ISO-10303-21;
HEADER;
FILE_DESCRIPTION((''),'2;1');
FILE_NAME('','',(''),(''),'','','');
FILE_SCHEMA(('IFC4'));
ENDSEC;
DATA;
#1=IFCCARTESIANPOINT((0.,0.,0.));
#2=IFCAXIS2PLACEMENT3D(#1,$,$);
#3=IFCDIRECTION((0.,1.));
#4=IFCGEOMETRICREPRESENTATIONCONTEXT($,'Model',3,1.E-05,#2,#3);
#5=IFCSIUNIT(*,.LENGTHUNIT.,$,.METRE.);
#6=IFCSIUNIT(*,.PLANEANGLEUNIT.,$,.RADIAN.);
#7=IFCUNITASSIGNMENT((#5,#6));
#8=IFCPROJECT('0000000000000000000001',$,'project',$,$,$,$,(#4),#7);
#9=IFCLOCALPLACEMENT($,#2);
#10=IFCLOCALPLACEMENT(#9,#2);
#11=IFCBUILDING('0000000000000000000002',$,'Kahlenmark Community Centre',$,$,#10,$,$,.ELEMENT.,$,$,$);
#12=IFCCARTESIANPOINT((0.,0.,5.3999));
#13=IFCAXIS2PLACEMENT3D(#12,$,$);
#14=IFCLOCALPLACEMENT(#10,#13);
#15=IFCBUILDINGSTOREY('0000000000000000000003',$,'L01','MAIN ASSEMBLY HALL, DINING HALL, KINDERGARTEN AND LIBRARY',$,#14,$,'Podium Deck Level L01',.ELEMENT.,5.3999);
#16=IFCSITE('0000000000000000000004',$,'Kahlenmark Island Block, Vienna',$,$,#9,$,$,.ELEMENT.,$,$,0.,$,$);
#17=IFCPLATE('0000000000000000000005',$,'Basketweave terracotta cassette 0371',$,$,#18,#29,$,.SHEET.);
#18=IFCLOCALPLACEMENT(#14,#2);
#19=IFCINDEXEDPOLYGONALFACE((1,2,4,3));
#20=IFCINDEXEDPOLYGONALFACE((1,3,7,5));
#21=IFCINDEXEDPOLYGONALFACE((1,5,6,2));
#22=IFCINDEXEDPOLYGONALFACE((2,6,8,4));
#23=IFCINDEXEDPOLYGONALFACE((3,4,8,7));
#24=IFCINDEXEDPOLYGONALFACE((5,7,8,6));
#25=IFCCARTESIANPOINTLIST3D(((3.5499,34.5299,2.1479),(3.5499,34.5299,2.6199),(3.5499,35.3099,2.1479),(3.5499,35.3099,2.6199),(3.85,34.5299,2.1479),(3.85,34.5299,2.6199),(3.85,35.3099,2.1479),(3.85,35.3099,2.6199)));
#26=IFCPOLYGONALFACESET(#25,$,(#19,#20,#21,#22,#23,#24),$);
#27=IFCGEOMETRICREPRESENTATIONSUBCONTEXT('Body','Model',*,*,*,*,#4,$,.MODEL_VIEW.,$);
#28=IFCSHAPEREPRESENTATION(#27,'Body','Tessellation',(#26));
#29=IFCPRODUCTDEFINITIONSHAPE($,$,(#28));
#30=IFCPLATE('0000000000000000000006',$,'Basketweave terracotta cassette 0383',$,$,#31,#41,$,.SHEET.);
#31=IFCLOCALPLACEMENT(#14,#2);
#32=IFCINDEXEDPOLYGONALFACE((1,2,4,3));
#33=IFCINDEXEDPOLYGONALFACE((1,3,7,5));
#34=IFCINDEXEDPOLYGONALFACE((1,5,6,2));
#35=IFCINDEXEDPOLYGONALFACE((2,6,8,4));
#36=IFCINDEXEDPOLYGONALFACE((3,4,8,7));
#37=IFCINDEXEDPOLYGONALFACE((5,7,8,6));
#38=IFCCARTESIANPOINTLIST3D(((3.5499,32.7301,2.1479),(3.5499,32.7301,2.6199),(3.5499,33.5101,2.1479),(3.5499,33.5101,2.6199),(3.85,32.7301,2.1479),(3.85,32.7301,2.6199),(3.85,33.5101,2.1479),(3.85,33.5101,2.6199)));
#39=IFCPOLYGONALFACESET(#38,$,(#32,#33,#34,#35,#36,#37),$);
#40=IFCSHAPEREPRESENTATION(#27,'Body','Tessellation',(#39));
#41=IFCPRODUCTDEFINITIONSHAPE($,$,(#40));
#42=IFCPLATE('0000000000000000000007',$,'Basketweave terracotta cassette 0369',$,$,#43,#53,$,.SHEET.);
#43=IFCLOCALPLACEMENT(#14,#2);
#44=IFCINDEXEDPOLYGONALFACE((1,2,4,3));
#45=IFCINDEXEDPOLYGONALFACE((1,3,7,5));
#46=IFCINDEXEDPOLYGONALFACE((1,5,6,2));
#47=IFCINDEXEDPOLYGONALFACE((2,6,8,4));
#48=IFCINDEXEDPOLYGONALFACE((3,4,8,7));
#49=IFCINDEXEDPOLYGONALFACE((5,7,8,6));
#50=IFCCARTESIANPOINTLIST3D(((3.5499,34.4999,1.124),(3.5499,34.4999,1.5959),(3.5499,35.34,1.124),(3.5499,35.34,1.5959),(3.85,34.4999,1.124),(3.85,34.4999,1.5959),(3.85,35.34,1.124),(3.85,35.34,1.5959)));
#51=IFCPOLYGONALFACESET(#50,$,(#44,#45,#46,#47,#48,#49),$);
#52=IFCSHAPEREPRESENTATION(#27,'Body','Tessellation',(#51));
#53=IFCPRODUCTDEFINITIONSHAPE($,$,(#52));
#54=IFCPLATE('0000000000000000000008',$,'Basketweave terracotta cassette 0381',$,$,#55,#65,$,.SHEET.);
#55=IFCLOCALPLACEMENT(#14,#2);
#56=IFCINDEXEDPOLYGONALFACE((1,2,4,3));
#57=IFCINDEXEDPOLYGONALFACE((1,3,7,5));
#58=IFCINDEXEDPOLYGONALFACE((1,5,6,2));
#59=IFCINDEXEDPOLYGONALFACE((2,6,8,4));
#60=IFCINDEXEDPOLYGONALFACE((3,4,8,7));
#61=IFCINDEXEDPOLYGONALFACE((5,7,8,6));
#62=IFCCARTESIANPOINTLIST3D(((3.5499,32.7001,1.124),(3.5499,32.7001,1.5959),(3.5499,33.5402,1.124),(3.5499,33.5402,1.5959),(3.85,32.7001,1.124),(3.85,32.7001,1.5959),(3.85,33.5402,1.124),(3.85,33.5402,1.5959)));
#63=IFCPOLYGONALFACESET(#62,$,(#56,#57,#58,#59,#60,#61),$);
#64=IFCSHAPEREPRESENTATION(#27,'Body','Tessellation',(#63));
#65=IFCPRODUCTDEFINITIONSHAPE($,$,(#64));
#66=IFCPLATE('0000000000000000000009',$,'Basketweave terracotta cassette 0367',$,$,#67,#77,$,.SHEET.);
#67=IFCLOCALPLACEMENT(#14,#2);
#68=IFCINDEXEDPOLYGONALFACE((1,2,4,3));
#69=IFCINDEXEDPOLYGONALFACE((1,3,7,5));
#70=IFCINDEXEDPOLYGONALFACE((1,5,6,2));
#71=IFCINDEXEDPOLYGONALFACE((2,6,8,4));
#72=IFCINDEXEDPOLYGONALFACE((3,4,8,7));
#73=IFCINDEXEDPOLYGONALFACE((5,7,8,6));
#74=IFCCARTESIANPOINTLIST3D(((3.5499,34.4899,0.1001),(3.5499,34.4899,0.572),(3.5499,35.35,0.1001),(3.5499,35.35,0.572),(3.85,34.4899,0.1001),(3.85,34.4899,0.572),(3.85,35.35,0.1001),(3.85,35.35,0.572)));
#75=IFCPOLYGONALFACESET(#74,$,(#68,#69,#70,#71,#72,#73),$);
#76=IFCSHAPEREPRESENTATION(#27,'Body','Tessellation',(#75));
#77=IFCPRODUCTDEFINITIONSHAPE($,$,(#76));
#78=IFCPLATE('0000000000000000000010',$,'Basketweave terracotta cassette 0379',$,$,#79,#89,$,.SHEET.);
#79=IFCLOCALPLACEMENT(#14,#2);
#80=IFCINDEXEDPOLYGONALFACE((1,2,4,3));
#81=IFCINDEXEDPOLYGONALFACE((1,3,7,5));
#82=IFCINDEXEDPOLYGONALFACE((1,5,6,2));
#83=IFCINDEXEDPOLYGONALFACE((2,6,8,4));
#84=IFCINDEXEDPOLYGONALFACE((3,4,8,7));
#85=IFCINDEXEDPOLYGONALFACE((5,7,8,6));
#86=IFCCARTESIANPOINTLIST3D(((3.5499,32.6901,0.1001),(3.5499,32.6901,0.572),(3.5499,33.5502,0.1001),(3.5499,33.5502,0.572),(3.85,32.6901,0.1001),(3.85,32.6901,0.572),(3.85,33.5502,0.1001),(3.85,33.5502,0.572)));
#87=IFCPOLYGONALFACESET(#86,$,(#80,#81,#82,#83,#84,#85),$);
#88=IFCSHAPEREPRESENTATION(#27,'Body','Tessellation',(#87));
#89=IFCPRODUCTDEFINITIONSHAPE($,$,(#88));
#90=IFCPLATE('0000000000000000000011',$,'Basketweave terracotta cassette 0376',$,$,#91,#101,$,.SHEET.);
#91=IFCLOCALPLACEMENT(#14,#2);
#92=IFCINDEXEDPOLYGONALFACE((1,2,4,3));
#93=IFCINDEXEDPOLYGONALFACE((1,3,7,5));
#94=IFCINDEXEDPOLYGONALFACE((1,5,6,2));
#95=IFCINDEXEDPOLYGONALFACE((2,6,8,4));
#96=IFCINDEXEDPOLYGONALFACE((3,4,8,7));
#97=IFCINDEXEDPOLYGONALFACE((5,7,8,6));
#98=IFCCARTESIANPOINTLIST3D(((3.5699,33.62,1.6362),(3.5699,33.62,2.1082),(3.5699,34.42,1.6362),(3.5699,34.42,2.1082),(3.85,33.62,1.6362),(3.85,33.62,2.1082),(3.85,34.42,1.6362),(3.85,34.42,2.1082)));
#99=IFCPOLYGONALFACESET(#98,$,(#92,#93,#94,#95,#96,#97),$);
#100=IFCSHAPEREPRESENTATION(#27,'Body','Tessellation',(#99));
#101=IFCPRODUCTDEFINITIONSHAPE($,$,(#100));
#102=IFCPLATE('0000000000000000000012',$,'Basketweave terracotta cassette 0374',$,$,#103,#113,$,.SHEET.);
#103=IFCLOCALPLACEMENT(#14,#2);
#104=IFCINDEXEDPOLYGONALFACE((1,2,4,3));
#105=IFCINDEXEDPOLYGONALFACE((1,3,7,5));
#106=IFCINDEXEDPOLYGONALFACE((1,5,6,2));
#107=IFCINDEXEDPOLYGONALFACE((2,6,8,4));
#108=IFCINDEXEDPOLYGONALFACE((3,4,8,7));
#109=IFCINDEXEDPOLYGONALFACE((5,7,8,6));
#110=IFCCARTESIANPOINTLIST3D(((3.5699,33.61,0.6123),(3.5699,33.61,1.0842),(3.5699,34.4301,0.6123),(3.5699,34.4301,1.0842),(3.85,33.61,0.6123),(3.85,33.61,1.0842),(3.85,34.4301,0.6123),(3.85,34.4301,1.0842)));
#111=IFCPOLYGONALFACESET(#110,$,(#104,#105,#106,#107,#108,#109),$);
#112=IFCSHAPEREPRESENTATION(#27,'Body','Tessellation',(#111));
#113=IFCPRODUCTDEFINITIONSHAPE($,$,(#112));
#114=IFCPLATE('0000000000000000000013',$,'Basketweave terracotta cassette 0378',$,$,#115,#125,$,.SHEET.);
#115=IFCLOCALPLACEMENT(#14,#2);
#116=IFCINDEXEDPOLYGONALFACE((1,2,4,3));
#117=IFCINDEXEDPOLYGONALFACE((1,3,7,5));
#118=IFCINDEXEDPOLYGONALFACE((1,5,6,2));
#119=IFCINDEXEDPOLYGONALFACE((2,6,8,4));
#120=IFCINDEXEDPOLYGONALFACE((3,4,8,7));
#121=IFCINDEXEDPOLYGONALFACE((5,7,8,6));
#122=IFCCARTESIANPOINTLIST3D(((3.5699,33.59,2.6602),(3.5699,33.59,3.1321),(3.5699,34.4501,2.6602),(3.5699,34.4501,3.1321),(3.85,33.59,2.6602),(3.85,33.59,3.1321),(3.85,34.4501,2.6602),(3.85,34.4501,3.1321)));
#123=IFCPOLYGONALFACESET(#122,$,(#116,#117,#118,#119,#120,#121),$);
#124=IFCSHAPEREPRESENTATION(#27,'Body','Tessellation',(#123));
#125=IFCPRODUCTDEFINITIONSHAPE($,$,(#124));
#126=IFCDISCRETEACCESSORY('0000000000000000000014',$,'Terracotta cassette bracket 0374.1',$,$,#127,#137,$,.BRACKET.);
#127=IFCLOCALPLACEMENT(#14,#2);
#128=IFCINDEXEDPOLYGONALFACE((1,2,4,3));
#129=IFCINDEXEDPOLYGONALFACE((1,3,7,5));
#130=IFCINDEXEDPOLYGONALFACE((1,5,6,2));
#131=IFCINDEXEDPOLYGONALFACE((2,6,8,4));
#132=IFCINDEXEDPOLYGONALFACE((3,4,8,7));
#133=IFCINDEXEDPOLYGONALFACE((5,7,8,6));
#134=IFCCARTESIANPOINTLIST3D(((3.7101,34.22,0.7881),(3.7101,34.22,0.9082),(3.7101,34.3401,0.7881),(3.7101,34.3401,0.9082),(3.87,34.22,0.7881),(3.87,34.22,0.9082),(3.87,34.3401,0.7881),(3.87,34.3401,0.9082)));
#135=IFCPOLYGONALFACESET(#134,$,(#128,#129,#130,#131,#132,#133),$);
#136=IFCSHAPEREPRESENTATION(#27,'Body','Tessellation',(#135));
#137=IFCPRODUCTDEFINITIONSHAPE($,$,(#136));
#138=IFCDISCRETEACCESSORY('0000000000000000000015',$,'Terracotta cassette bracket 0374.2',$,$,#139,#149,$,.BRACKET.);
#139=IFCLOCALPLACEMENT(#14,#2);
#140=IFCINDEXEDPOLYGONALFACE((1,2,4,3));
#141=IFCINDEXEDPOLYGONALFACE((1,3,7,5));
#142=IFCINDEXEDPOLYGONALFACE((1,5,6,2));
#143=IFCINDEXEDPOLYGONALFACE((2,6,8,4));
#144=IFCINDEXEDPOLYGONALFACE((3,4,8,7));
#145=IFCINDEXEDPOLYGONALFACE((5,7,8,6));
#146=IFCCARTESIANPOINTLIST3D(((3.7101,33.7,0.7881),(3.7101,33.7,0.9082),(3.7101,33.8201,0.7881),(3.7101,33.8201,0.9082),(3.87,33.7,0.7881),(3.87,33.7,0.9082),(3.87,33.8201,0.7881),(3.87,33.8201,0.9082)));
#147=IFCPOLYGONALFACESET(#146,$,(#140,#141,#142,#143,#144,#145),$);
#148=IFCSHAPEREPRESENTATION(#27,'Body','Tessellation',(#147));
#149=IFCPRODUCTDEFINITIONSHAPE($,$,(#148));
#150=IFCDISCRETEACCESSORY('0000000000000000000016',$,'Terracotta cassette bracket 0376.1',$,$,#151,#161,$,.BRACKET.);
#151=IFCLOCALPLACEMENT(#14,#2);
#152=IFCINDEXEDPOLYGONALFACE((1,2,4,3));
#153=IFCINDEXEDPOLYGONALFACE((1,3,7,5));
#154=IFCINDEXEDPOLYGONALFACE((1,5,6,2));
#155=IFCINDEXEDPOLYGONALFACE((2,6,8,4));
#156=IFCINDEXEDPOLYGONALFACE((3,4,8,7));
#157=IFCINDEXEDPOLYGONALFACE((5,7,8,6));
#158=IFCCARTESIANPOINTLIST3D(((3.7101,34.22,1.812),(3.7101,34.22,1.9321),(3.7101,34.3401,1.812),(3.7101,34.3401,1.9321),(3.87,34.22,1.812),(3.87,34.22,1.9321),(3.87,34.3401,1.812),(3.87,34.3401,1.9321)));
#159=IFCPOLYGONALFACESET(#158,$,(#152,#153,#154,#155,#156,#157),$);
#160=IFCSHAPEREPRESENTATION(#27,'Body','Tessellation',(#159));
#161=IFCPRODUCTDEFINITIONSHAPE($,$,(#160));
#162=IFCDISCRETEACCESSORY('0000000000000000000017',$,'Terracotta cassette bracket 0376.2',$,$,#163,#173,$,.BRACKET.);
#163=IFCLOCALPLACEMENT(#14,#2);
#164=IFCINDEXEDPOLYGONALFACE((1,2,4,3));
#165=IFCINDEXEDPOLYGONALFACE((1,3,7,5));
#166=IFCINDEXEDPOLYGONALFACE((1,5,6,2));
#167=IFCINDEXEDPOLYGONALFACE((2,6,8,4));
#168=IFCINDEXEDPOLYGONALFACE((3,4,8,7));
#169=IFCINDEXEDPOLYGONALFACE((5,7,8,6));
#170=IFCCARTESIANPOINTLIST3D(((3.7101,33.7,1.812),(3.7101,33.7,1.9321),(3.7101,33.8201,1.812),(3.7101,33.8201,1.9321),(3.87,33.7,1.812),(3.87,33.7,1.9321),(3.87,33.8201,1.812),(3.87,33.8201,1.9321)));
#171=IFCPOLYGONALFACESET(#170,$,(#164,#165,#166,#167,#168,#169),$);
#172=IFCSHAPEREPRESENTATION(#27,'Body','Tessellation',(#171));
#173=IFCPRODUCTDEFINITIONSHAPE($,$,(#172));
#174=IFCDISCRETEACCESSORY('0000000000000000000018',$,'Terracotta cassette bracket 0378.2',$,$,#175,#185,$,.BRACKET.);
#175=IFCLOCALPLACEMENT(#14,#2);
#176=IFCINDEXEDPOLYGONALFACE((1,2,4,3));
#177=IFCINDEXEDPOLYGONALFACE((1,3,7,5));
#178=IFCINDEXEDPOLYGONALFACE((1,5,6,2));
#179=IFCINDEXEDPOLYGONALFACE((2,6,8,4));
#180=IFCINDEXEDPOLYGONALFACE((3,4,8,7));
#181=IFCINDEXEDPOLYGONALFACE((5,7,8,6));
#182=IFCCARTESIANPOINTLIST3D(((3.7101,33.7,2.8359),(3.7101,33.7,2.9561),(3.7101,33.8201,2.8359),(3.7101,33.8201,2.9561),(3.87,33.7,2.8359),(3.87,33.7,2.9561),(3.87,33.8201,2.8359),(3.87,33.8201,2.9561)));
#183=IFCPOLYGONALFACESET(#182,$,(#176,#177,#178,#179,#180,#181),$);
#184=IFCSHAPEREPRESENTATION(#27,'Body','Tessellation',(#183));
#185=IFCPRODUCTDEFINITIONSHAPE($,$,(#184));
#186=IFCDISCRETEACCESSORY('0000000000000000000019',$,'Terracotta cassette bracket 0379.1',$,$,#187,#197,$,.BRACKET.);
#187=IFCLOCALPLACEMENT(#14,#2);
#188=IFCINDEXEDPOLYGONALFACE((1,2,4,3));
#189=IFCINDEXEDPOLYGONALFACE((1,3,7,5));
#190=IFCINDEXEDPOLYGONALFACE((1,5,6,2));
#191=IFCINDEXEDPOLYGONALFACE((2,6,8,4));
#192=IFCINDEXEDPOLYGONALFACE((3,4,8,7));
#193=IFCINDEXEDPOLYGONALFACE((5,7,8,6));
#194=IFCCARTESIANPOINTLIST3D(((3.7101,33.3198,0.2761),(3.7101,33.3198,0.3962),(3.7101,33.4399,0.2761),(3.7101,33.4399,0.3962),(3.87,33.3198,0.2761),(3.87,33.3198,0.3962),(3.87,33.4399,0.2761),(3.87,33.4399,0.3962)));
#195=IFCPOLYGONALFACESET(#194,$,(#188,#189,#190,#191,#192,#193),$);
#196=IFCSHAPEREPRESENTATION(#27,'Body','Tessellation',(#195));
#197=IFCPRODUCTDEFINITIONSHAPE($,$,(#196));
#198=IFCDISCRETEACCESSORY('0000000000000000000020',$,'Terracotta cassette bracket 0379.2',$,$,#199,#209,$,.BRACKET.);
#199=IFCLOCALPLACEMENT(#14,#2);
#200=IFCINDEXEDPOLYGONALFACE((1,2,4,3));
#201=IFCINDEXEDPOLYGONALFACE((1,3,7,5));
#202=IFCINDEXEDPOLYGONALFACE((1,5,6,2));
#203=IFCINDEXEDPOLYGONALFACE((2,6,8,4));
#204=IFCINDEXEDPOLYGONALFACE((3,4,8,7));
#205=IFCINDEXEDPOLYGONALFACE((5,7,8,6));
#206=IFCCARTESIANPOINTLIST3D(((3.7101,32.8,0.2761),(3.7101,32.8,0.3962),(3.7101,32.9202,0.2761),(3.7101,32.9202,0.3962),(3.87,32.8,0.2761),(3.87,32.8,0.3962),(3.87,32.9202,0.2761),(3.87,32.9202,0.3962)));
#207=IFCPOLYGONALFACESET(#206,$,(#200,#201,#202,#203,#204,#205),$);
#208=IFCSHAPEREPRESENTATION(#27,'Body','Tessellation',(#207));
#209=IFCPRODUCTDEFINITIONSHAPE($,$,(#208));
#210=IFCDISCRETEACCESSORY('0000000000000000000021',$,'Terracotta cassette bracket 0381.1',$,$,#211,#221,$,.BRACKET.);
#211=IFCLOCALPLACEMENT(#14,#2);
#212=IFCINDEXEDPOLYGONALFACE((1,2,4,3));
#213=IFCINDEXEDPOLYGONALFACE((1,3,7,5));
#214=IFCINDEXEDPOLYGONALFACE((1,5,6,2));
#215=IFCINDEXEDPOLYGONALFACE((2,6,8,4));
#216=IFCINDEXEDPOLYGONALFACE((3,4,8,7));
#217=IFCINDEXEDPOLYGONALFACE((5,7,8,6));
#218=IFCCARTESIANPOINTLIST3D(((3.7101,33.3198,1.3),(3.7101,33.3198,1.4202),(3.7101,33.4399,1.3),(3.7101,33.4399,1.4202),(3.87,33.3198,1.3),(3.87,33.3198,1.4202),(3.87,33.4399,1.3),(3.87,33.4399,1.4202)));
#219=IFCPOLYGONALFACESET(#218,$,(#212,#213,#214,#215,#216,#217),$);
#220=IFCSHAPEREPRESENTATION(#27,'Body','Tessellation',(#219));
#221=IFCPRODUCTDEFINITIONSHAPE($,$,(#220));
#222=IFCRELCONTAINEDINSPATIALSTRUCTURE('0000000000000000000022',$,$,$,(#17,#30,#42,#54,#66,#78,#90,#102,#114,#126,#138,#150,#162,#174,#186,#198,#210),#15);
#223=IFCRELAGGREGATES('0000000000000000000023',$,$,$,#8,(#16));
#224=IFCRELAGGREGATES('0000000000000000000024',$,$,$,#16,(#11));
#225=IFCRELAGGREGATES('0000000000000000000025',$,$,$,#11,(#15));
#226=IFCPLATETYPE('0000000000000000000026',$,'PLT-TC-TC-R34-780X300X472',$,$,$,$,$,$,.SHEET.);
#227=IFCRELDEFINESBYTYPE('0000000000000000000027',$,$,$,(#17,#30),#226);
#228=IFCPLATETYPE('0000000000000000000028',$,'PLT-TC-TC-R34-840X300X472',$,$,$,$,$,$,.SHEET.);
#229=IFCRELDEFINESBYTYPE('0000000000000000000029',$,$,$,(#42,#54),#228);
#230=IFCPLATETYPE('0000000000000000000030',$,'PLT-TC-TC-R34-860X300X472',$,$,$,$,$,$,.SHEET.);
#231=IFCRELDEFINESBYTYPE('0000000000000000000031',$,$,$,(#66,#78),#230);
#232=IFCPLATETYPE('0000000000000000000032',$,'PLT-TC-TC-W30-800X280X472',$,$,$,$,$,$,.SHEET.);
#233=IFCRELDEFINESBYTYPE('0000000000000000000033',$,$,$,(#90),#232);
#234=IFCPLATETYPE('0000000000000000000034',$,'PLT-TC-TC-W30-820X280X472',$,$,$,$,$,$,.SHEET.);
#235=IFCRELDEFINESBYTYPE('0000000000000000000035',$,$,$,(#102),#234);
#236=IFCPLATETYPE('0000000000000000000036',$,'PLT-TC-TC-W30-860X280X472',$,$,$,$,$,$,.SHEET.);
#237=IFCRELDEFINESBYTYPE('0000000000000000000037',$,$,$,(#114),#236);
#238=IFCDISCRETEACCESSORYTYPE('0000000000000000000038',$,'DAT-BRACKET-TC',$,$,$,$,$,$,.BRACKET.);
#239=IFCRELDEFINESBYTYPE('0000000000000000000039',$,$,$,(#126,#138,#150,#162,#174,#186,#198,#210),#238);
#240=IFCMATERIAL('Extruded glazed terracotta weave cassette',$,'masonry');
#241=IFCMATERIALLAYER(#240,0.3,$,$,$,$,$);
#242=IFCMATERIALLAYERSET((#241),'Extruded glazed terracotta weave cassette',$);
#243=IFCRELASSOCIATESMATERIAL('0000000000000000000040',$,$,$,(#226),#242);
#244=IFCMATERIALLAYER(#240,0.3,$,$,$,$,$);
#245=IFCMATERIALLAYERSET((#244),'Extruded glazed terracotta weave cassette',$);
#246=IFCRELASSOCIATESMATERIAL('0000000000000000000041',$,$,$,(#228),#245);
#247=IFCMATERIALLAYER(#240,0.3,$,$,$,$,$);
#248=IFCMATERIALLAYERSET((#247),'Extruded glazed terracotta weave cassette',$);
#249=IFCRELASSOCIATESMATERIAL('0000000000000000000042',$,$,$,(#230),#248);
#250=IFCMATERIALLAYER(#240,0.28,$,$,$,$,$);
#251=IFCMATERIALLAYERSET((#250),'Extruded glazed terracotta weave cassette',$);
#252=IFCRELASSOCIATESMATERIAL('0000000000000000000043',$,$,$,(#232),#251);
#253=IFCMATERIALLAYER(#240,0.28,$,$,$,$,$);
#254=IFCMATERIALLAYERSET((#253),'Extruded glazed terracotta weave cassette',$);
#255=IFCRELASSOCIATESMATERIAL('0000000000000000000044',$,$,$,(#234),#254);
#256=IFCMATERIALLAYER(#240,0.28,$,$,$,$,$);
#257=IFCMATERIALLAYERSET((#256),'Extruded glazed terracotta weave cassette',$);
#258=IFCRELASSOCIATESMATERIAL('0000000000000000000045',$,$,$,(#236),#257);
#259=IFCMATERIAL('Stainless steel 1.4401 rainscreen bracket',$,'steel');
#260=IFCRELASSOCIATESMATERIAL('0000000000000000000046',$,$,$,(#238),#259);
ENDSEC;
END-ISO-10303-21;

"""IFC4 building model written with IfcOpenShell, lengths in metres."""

from ifc_helpers import new_model, si_unit, direction, frame, origin, origin_2d, place, context, subcontext, project, spatial, rectangle, extrude, material, layer, layer_set, type_object, element, save


model = new_model("IFC4")

# Units and contexts
model_context = context("Model", 3, precision=1e-05, world=origin(), true_north=direction((0.0, 1.0)))
body_context = subcontext(model_context, "Body", "Model", "MODEL_VIEW")
ifc_project = project(units=[si_unit("LENGTHUNIT", "METRE"), si_unit("PLANEANGLEUNIT", "RADIAN")], contexts=[model_context])

# Site, building, storey
site_placement = place(None, origin())
site = spatial("IfcSite", under=ifc_project, at=site_placement, Name="Kahlenmark Island Block, Vienna", CompositionType="ELEMENT", RefElevation=0.0)
building_placement = place(site_placement, origin())
building = spatial("IfcBuilding", under=site, at=building_placement, Name="Kahlenmark Community Centre", CompositionType="ELEMENT")
storey_placement = place(building_placement, frame((0.0, 0.0, 5.3999)))
storey = spatial("IfcBuildingStorey", under=building, at=storey_placement, Name="L01", Description="MAIN ASSEMBLY HALL, DINING HALL, KINDERGARTEN AND LIBRARY", LongName="Podium Deck Level L01", CompositionType="ELEMENT", Elevation=5.3999)

# Plates
ifc_material_1 = material(Name="Extruded glazed terracotta weave cassette", Category="masonry")
ifc_layer_1 = layer(ifc_material_1, 0.3)
ifc_layer_set_1 = layer_set([ifc_layer_1], Name="Extruded glazed terracotta weave cassette")
plate_type_1 = type_object("IfcPlateType", Name="PLT-TC-TC-R34-780X300X472", PredefinedType="SHEET", material=ifc_layer_set_1)
for number, where, z_axis, x_axis, name in (
    (1, (3.7, 34.9199, 2.1479), (0.0, 0.0, 1.0), (0.0, -1.0, 0.0), "Basketweave terracotta cassette 0371"),
    (2, (3.7, 33.1201, 2.1479), (0.0, 0.0, 1.0), (0.0, -1.0, 0.0), "Basketweave terracotta cassette 0383"),
):
    element("IfcPlate", number, at=place(storey_placement, frame(where, z_axis=z_axis, x_axis=x_axis)), inside=storey, type_object=plate_type_1, Name=name, PredefinedType="SHEET", context=body_context, shape_type="SweptSolid", body=[
        extrude(rectangle(XDim=0.78, YDim=0.3, at=origin_2d()), origin(), (0.0, 0.0, 1.0), 0.4719),
    ])
ifc_layer_2 = layer(ifc_material_1, 0.3)
ifc_layer_set_2 = layer_set([ifc_layer_2], Name="Extruded glazed terracotta weave cassette")
plate_type_2 = type_object("IfcPlateType", Name="PLT-TC-TC-R34-840X300X472", PredefinedType="SHEET", material=ifc_layer_set_2)
for number, where, z_axis, x_axis, name in (
    (3, (3.7, 34.9199, 1.124), (0.0, 0.0, 1.0), (0.0, -1.0, 0.0), "Basketweave terracotta cassette 0369"),
    (4, (3.7, 33.1201, 1.124), (0.0, 0.0, 1.0), (0.0, -1.0, 0.0), "Basketweave terracotta cassette 0381"),
):
    element("IfcPlate", number, at=place(storey_placement, frame(where, z_axis=z_axis, x_axis=x_axis)), inside=storey, type_object=plate_type_2, Name=name, PredefinedType="SHEET", context=body_context, shape_type="SweptSolid", body=[
        extrude(rectangle(XDim=0.8401, YDim=0.3, at=origin_2d()), origin(), (0.0, 0.0, 1.0), 0.4719),
    ])
ifc_layer_3 = layer(ifc_material_1, 0.3)
ifc_layer_set_3 = layer_set([ifc_layer_3], Name="Extruded glazed terracotta weave cassette")
plate_type_3 = type_object("IfcPlateType", Name="PLT-TC-TC-R34-860X300X472", PredefinedType="SHEET", material=ifc_layer_set_3)
for number, where, z_axis, x_axis, name in (
    (5, (3.7, 34.9199, 0.1001), (0.0, 0.0, 1.0), (0.0, -1.0, 0.0), "Basketweave terracotta cassette 0367"),
    (6, (3.7, 33.1201, 0.1001), (0.0, 0.0, 1.0), (0.0, -1.0, 0.0), "Basketweave terracotta cassette 0379"),
):
    element("IfcPlate", number, at=place(storey_placement, frame(where, z_axis=z_axis, x_axis=x_axis)), inside=storey, type_object=plate_type_3, Name=name, PredefinedType="SHEET", context=body_context, shape_type="SweptSolid", body=[
        extrude(rectangle(XDim=0.8601, YDim=0.3, at=origin_2d()), origin(), (0.0, 0.0, 1.0), 0.4719),
    ])
ifc_layer_4 = layer(ifc_material_1, 0.28)
ifc_layer_set_4 = layer_set([ifc_layer_4], Name="Extruded glazed terracotta weave cassette")
plate_type_4 = type_object("IfcPlateType", Name="PLT-TC-TC-W30-800X280X472", PredefinedType="SHEET", material=ifc_layer_set_4)
plate_1_placement = place(storey_placement, frame((3.71, 34.02, 1.6362), z_axis=(0.0, 0.0, 1.0), x_axis=(0.0, -1.0, 0.0)))
element("IfcPlate", 7, at=plate_1_placement, inside=storey, type_object=plate_type_4, Name="Basketweave terracotta cassette 0376", PredefinedType="SHEET", context=body_context, shape_type="SweptSolid", body=[
    extrude(rectangle(XDim=0.8, YDim=0.28, at=origin_2d()), origin(), (0.0, 0.0, 1.0), 0.4719),
])
ifc_layer_5 = layer(ifc_material_1, 0.28)
ifc_layer_set_5 = layer_set([ifc_layer_5], Name="Extruded glazed terracotta weave cassette")
plate_type_5 = type_object("IfcPlateType", Name="PLT-TC-TC-W30-820X280X472", PredefinedType="SHEET", material=ifc_layer_set_5)
plate_2_placement = place(storey_placement, frame((3.71, 34.02, 0.6123), z_axis=(0.0, 0.0, 1.0), x_axis=(0.0, -1.0, 0.0)))
element("IfcPlate", 8, at=plate_2_placement, inside=storey, type_object=plate_type_5, Name="Basketweave terracotta cassette 0374", PredefinedType="SHEET", context=body_context, shape_type="SweptSolid", body=[
    extrude(rectangle(XDim=0.8201, YDim=0.28, at=origin_2d()), origin(), (0.0, 0.0, 1.0), 0.4719),
])
ifc_layer_6 = layer(ifc_material_1, 0.28)
ifc_layer_set_6 = layer_set([ifc_layer_6], Name="Extruded glazed terracotta weave cassette")
plate_type_6 = type_object("IfcPlateType", Name="PLT-TC-TC-W30-860X280X472", PredefinedType="SHEET", material=ifc_layer_set_6)
plate_3_placement = place(storey_placement, frame((3.71, 34.02, 2.6602), z_axis=(0.0, 0.0, 1.0), x_axis=(0.0, -1.0, 0.0)))
element("IfcPlate", 9, at=plate_3_placement, inside=storey, type_object=plate_type_6, Name="Basketweave terracotta cassette 0378", PredefinedType="SHEET", context=body_context, shape_type="SweptSolid", body=[
    extrude(rectangle(XDim=0.8601, YDim=0.28, at=origin_2d()), origin(), (0.0, 0.0, 1.0), 0.4719),
])

# Discrete accessories
ifc_material_2 = material(Name="Stainless steel 1.4401 rainscreen bracket", Category="steel")
discrete_accessory_type = type_object("IfcDiscreteAccessoryType", Name="DAT-BRACKET-TC", PredefinedType="BRACKET", material=ifc_material_2)
for number, where, z_axis, x_axis, name in (
    (10, (3.79, 34.28, 0.7881), (0.0, 0.0, 1.0), (0.0, -1.0, 0.0), "Terracotta cassette bracket 0374.1"),
    (11, (3.79, 33.76, 0.7881), (0.0, 0.0, 1.0), (0.0, -1.0, 0.0), "Terracotta cassette bracket 0374.2"),
    (12, (3.79, 34.28, 1.812), (0.0, 0.0, 1.0), (0.0, -1.0, 0.0), "Terracotta cassette bracket 0376.1"),
    (13, (3.79, 33.76, 1.812), (0.0, 0.0, 1.0), (0.0, -1.0, 0.0), "Terracotta cassette bracket 0376.2"),
    (14, (3.79, 33.76, 2.8359), (0.0, 0.0, 1.0), (0.0, -1.0, 0.0), "Terracotta cassette bracket 0378.2"),
    (15, (3.79, 33.3799, 0.2761), (0.0, 0.0, 1.0), (0.0, -1.0, 0.0), "Terracotta cassette bracket 0379.1"),
    (16, (3.79, 32.8601, 0.2761), (0.0, 0.0, 1.0), (0.0, -1.0, 0.0), "Terracotta cassette bracket 0379.2"),
    (17, (3.79, 33.3799, 1.3), (0.0, 0.0, 1.0), (0.0, -1.0, 0.0), "Terracotta cassette bracket 0381.1"),
):
    element("IfcDiscreteAccessory", number, at=place(storey_placement, frame(where, z_axis=z_axis, x_axis=x_axis)), inside=storey, type_object=discrete_accessory_type, Name=name, PredefinedType="BRACKET", context=body_context, shape_type="SweptSolid", body=[
        extrude(rectangle(XDim=0.1201, YDim=0.1599, at=origin_2d()), origin(), (0.0, 0.0, 1.0), 0.1201),
    ])

save(model, "model.ifc")
